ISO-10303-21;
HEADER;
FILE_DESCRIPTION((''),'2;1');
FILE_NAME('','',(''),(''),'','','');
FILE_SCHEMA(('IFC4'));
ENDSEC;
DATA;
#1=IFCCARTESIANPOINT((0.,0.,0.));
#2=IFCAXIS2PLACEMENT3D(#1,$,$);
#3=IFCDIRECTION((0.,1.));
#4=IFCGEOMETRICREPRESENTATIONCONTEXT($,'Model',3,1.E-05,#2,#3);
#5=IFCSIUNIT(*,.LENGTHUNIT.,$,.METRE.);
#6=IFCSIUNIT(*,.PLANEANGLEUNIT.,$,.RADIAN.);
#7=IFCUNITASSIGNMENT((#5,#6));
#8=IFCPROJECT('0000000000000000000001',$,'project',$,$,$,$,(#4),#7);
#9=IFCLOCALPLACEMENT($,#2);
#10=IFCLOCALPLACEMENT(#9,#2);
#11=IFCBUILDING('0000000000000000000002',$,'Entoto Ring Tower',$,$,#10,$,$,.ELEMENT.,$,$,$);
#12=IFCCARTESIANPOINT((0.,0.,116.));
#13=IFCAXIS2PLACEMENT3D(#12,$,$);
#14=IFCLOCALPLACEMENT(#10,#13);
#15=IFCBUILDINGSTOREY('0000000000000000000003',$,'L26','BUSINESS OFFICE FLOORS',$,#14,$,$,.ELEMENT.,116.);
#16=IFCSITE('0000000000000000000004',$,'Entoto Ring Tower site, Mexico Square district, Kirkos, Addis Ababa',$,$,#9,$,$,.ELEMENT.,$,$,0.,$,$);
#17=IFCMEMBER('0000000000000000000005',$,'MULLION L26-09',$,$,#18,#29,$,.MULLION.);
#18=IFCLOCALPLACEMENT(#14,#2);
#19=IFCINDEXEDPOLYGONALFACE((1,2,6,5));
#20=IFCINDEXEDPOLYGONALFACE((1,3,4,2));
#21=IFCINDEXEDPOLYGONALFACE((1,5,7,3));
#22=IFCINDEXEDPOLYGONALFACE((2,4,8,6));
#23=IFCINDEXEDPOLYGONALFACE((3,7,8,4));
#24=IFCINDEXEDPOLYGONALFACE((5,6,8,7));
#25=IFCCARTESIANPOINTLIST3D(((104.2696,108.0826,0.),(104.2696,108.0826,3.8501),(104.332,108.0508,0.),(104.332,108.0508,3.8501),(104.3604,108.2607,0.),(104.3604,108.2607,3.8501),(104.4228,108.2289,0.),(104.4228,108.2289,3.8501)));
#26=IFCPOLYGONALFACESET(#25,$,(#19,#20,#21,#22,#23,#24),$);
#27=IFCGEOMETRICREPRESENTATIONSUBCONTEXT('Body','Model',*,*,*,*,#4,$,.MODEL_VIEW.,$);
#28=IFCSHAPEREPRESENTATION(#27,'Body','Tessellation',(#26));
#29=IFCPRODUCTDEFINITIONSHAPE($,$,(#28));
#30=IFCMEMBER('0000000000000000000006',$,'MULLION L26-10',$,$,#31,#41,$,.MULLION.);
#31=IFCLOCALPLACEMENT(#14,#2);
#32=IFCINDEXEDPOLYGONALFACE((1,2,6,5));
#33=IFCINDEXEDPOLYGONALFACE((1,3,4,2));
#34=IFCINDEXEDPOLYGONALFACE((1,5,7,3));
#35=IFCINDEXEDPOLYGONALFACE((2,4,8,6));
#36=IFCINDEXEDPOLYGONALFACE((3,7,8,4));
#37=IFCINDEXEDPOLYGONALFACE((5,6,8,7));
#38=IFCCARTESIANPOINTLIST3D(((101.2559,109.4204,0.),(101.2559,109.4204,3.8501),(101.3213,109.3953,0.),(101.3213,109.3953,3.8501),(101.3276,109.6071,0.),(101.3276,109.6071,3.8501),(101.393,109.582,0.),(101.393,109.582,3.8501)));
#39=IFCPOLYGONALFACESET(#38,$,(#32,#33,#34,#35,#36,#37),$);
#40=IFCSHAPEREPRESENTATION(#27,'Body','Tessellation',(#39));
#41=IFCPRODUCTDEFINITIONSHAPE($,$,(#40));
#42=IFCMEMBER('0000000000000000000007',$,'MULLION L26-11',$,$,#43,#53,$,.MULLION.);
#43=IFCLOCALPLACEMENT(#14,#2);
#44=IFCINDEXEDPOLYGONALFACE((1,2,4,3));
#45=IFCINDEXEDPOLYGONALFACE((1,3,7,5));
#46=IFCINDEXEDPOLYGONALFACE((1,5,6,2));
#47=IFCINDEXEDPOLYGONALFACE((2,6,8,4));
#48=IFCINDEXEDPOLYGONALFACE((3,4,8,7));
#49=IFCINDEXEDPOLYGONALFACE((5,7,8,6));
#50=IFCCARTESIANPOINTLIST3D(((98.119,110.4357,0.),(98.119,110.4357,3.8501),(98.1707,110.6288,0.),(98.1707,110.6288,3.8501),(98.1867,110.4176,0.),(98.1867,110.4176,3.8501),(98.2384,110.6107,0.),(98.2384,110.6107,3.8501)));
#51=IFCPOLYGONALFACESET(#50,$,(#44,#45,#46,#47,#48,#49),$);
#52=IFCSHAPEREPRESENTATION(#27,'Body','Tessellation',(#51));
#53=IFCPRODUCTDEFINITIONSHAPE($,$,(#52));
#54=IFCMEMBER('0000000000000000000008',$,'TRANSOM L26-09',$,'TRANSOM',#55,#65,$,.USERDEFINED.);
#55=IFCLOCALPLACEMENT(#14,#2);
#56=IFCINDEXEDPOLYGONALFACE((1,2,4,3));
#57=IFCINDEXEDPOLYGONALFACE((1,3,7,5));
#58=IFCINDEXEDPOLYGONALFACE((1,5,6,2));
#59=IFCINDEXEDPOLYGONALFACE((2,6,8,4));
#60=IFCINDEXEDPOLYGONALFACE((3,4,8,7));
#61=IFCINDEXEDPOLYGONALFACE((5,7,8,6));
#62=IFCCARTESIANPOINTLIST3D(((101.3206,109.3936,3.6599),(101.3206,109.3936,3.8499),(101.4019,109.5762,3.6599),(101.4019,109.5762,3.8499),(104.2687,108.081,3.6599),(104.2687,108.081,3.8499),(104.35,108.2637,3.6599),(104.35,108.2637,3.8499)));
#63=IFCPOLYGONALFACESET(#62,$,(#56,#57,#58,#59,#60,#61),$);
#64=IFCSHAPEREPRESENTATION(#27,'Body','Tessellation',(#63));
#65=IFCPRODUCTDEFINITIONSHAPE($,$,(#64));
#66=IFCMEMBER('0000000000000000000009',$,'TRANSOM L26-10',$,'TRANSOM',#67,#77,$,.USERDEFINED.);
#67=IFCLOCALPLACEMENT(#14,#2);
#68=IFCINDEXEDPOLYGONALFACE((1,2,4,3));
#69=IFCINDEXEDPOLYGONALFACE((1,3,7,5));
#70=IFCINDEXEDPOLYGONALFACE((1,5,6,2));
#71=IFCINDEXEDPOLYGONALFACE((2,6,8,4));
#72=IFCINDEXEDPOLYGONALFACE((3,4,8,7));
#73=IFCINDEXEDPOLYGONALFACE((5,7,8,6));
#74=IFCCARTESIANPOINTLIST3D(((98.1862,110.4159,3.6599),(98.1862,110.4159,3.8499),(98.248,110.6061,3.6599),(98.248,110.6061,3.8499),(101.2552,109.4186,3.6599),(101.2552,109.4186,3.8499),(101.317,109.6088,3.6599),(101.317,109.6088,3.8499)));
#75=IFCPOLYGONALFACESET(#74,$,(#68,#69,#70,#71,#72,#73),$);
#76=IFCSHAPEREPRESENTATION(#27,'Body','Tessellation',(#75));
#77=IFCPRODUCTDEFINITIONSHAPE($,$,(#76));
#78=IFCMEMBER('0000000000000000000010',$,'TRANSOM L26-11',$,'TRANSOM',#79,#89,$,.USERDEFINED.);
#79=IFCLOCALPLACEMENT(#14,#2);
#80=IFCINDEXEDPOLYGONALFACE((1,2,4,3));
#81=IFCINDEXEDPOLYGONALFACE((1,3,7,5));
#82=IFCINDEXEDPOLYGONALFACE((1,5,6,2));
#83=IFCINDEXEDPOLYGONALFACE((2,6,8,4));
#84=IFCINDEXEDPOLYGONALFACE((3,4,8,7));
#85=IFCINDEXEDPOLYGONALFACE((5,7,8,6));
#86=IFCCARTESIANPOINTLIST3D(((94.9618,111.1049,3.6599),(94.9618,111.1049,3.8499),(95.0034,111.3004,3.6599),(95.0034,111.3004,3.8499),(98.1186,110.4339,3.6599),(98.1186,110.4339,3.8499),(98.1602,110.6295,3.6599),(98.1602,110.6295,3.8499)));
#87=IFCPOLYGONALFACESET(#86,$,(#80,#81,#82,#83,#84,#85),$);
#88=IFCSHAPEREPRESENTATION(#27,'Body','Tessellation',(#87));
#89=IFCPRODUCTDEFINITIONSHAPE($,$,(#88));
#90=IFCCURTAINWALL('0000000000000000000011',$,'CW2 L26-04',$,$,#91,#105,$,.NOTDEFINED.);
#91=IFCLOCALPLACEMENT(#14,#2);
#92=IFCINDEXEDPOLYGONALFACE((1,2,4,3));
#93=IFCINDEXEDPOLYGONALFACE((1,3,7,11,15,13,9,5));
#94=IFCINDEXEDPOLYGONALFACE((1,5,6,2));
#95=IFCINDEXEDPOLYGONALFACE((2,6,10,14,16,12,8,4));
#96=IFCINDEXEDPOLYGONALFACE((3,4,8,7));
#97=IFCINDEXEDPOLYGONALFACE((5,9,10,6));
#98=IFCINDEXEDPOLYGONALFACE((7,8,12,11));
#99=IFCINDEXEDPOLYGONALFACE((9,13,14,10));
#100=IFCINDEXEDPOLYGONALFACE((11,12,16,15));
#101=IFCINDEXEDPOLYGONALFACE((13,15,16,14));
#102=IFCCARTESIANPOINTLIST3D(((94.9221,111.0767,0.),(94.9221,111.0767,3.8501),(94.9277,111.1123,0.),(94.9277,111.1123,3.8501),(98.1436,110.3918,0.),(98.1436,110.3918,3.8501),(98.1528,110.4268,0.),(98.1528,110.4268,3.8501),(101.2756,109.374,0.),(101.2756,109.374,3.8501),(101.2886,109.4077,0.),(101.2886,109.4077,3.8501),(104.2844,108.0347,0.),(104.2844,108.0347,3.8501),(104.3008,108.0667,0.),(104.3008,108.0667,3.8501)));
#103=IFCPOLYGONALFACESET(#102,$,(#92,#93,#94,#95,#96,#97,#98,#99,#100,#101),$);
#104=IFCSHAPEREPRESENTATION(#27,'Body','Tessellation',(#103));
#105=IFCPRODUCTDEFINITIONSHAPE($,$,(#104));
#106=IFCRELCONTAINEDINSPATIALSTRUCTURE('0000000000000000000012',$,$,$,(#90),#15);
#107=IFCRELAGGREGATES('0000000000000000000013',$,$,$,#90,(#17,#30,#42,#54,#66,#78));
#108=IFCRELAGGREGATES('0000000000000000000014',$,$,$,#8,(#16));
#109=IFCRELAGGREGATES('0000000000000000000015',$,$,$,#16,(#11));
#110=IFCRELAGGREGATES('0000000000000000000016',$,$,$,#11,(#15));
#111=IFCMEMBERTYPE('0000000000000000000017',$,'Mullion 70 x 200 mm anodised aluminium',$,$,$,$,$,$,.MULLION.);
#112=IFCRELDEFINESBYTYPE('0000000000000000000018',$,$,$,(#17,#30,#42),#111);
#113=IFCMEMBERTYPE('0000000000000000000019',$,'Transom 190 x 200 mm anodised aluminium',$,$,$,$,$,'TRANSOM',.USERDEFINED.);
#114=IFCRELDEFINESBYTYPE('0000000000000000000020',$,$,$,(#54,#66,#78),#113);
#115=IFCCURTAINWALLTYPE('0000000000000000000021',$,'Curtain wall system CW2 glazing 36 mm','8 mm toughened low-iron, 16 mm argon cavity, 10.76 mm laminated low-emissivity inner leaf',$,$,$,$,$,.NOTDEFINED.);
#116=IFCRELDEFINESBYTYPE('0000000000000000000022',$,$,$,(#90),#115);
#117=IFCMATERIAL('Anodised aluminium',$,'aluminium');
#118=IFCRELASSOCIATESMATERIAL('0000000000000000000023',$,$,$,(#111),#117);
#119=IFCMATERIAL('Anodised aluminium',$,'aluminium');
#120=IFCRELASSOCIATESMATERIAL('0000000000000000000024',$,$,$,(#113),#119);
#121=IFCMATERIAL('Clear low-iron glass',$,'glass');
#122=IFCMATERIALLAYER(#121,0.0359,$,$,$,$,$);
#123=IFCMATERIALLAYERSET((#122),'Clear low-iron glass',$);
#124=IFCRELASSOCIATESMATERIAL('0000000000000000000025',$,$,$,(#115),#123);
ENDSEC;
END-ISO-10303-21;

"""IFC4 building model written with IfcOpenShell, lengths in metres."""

from ifc_helpers import new_model, si_unit, direction, frame, origin, origin_2d, place, context, subcontext, project, spatial, polyline, rectangle, outline, extrude, material, layer, layer_set, material_profile, profile_set, type_object, element, aggregate, save


model = new_model("IFC4")

# Units and contexts
model_context = context("Model", 3, precision=1e-05, world=origin(), true_north=direction((0.0, 1.0)))
body_context = subcontext(model_context, "Body", "Model", "MODEL_VIEW")
ifc_project = project(units=[si_unit("LENGTHUNIT", "METRE"), si_unit("PLANEANGLEUNIT", "RADIAN")], contexts=[model_context])

# Members
ifc_material_1 = material(Name="Anodised aluminium", Category="aluminium")
ifc_material_profile_1 = material_profile(ifc_material_1, rectangle(XDim=0.0701, YDim=0.2, at=origin_2d()), Name="Mullion 70 x 200 mm anodised aluminium")
ifc_profile_set_1 = profile_set([ifc_material_profile_1], Name="Anodised aluminium")
member_type_1 = type_object("IfcMemberType", Name="Mullion 70 x 200 mm anodised aluminium", PredefinedType="MULLION", material=ifc_profile_set_1)
site_placement = place(None, origin())
building_placement = place(site_placement, origin())
storey_placement = place(building_placement, frame((0.0, 0.0, 116.0)))
member_1_placement = place(storey_placement, frame((104.3462, 108.1558, 0.0), z_axis=(0.0, 0.0, 1.0), x_axis=(-0.891007, 0.45399, 0.0)))
member_1 = element("IfcMember", 1, at=member_1_placement, type_object=member_type_1, Name="MULLION L26-09", PredefinedType="MULLION", context=body_context, shape_type="SweptSolid", body=[
    extrude(rectangle(XDim=0.0701, YDim=0.2, at=origin_2d()), origin(), (0.0, 0.0, 1.0), 3.8501),
])
member_2_placement = place(storey_placement, frame((101.3245, 109.5012, 0.0), z_axis=(0.0, 0.0, 1.0), x_axis=(-0.93358, 0.358368, 0.0)))
member_2 = element("IfcMember", 2, at=member_2_placement, type_object=member_type_1, Name="MULLION L26-10", PredefinedType="MULLION", context=body_context, shape_type="SweptSolid", body=[
    extrude(rectangle(XDim=0.0701, YDim=0.2, at=origin_2d()), origin(), (0.0, 0.0, 1.0), 3.8501),
])
member_3_placement = place(storey_placement, frame((98.1787, 110.5232, 0.0), z_axis=(0.0, 0.0, 1.0), x_axis=(-0.965926, 0.258819, 0.0)))
member_3 = element("IfcMember", 3, at=member_3_placement, type_object=member_type_1, Name="MULLION L26-11", PredefinedType="MULLION", context=body_context, shape_type="SweptSolid", body=[
    extrude(rectangle(XDim=0.0701, YDim=0.2, at=origin_2d()), origin(), (0.0, 0.0, 1.0), 3.8501),
])
ifc_material_2 = material(Name="Anodised aluminium", Category="aluminium")
ifc_material_profile_2 = material_profile(ifc_material_2, rectangle(XDim=0.2, YDim=0.1899, at=origin_2d()), Name="Transom 190 x 200 mm anodised aluminium")
ifc_profile_set_2 = profile_set([ifc_material_profile_2], Name="Anodised aluminium")
member_type_2 = type_object("IfcMemberType", Name="Transom 190 x 200 mm anodised aluminium", ElementType="TRANSOM", PredefinedType="USERDEFINED", material=ifc_profile_set_2)
member_4_placement = place(storey_placement, frame((104.3093, 108.1724, 3.7549), z_axis=(-0.913549, 0.406728, 0.0), x_axis=(-0.406728, -0.913549, 0.0)))
member_4 = element("IfcMember", 4, at=member_4_placement, type_object=member_type_2, Name="TRANSOM L26-09", ObjectType="TRANSOM", PredefinedType="USERDEFINED", context=body_context, shape_type="SweptSolid", body=[
    extrude(rectangle(XDim=0.2, YDim=0.1899, at=origin_2d()), origin(), (0.0, 0.0, 1.0), 3.2271),
])
member_5_placement = place(storey_placement, frame((101.2861, 109.5137, 3.7549), z_axis=(-0.951047, 0.309047, 0.0), x_axis=(-0.309047, -0.951047, 0.0)))
member_5 = element("IfcMember", 5, at=member_5_placement, type_object=member_type_2, Name="TRANSOM L26-10", ObjectType="TRANSOM", PredefinedType="USERDEFINED", context=body_context, shape_type="SweptSolid", body=[
    extrude(rectangle(XDim=0.2, YDim=0.1899, at=origin_2d()), origin(), (0.0, 0.0, 1.0), 3.2271),
])
member_6_placement = place(storey_placement, frame((98.1394, 110.5317, 3.7549), z_axis=(-0.978153, 0.207886, 0.0), x_axis=(-0.207886, -0.978153, 0.0)))
member_6 = element("IfcMember", 6, at=member_6_placement, type_object=member_type_2, Name="TRANSOM L26-11", ObjectType="TRANSOM", PredefinedType="USERDEFINED", context=body_context, shape_type="SweptSolid", body=[
    extrude(rectangle(XDim=0.2, YDim=0.1899, at=origin_2d()), origin(), (0.0, 0.0, 1.0), 3.2273),
])

# Site, building, storey
site = spatial("IfcSite", under=ifc_project, at=site_placement, Name="Entoto Ring Tower site, Mexico Square district, Kirkos, Addis Ababa", CompositionType="ELEMENT", RefElevation=0.0)
building = spatial("IfcBuilding", under=site, at=building_placement, Name="Entoto Ring Tower", CompositionType="ELEMENT")
storey = spatial("IfcBuildingStorey", under=building, at=storey_placement, Name="L26", Description="BUSINESS OFFICE FLOORS", CompositionType="ELEMENT", Elevation=116.0)

# Curtain wall
ifc_material_3 = material(Name="Clear low-iron glass", Category="glass")
ifc_layer = layer(ifc_material_3, 0.0359)
ifc_layer_set = layer_set([ifc_layer], Name="Clear low-iron glass")
curtain_wall_type = type_object("IfcCurtainWallType", Name="Curtain wall system CW2 glazing 36 mm", Description="8 mm toughened low-iron, 16 mm argon cavity, 10.76 mm laminated low-emissivity inner leaf", PredefinedType="NOTDEFINED", material=ifc_layer_set)
curtain_wall_1_placement = place(storey_placement, origin())
curtain_wall_1 = element("IfcCurtainWall", 7, at=curtain_wall_1_placement, inside=storey, type_object=curtain_wall_type, Name="CW2 L26-04", PredefinedType="NOTDEFINED", context=body_context, shape_type="SweptSolid", body=[
    extrude(outline(polyline([(104.3008, 108.0667), (101.2886, 109.4077), (98.1528, 110.4268), (94.9277, 111.1123), (94.9221, 111.0767), (98.1436, 110.3918), (101.2756, 109.374), (104.2844, 108.0347), (104.3008, 108.0667)])), origin(), (0.0, 0.0, 1.0), 3.8501),
])
aggregate(curtain_wall_1, [member_1, member_2, member_3, member_4, member_5, member_6])

save(model, "model.ifc")
